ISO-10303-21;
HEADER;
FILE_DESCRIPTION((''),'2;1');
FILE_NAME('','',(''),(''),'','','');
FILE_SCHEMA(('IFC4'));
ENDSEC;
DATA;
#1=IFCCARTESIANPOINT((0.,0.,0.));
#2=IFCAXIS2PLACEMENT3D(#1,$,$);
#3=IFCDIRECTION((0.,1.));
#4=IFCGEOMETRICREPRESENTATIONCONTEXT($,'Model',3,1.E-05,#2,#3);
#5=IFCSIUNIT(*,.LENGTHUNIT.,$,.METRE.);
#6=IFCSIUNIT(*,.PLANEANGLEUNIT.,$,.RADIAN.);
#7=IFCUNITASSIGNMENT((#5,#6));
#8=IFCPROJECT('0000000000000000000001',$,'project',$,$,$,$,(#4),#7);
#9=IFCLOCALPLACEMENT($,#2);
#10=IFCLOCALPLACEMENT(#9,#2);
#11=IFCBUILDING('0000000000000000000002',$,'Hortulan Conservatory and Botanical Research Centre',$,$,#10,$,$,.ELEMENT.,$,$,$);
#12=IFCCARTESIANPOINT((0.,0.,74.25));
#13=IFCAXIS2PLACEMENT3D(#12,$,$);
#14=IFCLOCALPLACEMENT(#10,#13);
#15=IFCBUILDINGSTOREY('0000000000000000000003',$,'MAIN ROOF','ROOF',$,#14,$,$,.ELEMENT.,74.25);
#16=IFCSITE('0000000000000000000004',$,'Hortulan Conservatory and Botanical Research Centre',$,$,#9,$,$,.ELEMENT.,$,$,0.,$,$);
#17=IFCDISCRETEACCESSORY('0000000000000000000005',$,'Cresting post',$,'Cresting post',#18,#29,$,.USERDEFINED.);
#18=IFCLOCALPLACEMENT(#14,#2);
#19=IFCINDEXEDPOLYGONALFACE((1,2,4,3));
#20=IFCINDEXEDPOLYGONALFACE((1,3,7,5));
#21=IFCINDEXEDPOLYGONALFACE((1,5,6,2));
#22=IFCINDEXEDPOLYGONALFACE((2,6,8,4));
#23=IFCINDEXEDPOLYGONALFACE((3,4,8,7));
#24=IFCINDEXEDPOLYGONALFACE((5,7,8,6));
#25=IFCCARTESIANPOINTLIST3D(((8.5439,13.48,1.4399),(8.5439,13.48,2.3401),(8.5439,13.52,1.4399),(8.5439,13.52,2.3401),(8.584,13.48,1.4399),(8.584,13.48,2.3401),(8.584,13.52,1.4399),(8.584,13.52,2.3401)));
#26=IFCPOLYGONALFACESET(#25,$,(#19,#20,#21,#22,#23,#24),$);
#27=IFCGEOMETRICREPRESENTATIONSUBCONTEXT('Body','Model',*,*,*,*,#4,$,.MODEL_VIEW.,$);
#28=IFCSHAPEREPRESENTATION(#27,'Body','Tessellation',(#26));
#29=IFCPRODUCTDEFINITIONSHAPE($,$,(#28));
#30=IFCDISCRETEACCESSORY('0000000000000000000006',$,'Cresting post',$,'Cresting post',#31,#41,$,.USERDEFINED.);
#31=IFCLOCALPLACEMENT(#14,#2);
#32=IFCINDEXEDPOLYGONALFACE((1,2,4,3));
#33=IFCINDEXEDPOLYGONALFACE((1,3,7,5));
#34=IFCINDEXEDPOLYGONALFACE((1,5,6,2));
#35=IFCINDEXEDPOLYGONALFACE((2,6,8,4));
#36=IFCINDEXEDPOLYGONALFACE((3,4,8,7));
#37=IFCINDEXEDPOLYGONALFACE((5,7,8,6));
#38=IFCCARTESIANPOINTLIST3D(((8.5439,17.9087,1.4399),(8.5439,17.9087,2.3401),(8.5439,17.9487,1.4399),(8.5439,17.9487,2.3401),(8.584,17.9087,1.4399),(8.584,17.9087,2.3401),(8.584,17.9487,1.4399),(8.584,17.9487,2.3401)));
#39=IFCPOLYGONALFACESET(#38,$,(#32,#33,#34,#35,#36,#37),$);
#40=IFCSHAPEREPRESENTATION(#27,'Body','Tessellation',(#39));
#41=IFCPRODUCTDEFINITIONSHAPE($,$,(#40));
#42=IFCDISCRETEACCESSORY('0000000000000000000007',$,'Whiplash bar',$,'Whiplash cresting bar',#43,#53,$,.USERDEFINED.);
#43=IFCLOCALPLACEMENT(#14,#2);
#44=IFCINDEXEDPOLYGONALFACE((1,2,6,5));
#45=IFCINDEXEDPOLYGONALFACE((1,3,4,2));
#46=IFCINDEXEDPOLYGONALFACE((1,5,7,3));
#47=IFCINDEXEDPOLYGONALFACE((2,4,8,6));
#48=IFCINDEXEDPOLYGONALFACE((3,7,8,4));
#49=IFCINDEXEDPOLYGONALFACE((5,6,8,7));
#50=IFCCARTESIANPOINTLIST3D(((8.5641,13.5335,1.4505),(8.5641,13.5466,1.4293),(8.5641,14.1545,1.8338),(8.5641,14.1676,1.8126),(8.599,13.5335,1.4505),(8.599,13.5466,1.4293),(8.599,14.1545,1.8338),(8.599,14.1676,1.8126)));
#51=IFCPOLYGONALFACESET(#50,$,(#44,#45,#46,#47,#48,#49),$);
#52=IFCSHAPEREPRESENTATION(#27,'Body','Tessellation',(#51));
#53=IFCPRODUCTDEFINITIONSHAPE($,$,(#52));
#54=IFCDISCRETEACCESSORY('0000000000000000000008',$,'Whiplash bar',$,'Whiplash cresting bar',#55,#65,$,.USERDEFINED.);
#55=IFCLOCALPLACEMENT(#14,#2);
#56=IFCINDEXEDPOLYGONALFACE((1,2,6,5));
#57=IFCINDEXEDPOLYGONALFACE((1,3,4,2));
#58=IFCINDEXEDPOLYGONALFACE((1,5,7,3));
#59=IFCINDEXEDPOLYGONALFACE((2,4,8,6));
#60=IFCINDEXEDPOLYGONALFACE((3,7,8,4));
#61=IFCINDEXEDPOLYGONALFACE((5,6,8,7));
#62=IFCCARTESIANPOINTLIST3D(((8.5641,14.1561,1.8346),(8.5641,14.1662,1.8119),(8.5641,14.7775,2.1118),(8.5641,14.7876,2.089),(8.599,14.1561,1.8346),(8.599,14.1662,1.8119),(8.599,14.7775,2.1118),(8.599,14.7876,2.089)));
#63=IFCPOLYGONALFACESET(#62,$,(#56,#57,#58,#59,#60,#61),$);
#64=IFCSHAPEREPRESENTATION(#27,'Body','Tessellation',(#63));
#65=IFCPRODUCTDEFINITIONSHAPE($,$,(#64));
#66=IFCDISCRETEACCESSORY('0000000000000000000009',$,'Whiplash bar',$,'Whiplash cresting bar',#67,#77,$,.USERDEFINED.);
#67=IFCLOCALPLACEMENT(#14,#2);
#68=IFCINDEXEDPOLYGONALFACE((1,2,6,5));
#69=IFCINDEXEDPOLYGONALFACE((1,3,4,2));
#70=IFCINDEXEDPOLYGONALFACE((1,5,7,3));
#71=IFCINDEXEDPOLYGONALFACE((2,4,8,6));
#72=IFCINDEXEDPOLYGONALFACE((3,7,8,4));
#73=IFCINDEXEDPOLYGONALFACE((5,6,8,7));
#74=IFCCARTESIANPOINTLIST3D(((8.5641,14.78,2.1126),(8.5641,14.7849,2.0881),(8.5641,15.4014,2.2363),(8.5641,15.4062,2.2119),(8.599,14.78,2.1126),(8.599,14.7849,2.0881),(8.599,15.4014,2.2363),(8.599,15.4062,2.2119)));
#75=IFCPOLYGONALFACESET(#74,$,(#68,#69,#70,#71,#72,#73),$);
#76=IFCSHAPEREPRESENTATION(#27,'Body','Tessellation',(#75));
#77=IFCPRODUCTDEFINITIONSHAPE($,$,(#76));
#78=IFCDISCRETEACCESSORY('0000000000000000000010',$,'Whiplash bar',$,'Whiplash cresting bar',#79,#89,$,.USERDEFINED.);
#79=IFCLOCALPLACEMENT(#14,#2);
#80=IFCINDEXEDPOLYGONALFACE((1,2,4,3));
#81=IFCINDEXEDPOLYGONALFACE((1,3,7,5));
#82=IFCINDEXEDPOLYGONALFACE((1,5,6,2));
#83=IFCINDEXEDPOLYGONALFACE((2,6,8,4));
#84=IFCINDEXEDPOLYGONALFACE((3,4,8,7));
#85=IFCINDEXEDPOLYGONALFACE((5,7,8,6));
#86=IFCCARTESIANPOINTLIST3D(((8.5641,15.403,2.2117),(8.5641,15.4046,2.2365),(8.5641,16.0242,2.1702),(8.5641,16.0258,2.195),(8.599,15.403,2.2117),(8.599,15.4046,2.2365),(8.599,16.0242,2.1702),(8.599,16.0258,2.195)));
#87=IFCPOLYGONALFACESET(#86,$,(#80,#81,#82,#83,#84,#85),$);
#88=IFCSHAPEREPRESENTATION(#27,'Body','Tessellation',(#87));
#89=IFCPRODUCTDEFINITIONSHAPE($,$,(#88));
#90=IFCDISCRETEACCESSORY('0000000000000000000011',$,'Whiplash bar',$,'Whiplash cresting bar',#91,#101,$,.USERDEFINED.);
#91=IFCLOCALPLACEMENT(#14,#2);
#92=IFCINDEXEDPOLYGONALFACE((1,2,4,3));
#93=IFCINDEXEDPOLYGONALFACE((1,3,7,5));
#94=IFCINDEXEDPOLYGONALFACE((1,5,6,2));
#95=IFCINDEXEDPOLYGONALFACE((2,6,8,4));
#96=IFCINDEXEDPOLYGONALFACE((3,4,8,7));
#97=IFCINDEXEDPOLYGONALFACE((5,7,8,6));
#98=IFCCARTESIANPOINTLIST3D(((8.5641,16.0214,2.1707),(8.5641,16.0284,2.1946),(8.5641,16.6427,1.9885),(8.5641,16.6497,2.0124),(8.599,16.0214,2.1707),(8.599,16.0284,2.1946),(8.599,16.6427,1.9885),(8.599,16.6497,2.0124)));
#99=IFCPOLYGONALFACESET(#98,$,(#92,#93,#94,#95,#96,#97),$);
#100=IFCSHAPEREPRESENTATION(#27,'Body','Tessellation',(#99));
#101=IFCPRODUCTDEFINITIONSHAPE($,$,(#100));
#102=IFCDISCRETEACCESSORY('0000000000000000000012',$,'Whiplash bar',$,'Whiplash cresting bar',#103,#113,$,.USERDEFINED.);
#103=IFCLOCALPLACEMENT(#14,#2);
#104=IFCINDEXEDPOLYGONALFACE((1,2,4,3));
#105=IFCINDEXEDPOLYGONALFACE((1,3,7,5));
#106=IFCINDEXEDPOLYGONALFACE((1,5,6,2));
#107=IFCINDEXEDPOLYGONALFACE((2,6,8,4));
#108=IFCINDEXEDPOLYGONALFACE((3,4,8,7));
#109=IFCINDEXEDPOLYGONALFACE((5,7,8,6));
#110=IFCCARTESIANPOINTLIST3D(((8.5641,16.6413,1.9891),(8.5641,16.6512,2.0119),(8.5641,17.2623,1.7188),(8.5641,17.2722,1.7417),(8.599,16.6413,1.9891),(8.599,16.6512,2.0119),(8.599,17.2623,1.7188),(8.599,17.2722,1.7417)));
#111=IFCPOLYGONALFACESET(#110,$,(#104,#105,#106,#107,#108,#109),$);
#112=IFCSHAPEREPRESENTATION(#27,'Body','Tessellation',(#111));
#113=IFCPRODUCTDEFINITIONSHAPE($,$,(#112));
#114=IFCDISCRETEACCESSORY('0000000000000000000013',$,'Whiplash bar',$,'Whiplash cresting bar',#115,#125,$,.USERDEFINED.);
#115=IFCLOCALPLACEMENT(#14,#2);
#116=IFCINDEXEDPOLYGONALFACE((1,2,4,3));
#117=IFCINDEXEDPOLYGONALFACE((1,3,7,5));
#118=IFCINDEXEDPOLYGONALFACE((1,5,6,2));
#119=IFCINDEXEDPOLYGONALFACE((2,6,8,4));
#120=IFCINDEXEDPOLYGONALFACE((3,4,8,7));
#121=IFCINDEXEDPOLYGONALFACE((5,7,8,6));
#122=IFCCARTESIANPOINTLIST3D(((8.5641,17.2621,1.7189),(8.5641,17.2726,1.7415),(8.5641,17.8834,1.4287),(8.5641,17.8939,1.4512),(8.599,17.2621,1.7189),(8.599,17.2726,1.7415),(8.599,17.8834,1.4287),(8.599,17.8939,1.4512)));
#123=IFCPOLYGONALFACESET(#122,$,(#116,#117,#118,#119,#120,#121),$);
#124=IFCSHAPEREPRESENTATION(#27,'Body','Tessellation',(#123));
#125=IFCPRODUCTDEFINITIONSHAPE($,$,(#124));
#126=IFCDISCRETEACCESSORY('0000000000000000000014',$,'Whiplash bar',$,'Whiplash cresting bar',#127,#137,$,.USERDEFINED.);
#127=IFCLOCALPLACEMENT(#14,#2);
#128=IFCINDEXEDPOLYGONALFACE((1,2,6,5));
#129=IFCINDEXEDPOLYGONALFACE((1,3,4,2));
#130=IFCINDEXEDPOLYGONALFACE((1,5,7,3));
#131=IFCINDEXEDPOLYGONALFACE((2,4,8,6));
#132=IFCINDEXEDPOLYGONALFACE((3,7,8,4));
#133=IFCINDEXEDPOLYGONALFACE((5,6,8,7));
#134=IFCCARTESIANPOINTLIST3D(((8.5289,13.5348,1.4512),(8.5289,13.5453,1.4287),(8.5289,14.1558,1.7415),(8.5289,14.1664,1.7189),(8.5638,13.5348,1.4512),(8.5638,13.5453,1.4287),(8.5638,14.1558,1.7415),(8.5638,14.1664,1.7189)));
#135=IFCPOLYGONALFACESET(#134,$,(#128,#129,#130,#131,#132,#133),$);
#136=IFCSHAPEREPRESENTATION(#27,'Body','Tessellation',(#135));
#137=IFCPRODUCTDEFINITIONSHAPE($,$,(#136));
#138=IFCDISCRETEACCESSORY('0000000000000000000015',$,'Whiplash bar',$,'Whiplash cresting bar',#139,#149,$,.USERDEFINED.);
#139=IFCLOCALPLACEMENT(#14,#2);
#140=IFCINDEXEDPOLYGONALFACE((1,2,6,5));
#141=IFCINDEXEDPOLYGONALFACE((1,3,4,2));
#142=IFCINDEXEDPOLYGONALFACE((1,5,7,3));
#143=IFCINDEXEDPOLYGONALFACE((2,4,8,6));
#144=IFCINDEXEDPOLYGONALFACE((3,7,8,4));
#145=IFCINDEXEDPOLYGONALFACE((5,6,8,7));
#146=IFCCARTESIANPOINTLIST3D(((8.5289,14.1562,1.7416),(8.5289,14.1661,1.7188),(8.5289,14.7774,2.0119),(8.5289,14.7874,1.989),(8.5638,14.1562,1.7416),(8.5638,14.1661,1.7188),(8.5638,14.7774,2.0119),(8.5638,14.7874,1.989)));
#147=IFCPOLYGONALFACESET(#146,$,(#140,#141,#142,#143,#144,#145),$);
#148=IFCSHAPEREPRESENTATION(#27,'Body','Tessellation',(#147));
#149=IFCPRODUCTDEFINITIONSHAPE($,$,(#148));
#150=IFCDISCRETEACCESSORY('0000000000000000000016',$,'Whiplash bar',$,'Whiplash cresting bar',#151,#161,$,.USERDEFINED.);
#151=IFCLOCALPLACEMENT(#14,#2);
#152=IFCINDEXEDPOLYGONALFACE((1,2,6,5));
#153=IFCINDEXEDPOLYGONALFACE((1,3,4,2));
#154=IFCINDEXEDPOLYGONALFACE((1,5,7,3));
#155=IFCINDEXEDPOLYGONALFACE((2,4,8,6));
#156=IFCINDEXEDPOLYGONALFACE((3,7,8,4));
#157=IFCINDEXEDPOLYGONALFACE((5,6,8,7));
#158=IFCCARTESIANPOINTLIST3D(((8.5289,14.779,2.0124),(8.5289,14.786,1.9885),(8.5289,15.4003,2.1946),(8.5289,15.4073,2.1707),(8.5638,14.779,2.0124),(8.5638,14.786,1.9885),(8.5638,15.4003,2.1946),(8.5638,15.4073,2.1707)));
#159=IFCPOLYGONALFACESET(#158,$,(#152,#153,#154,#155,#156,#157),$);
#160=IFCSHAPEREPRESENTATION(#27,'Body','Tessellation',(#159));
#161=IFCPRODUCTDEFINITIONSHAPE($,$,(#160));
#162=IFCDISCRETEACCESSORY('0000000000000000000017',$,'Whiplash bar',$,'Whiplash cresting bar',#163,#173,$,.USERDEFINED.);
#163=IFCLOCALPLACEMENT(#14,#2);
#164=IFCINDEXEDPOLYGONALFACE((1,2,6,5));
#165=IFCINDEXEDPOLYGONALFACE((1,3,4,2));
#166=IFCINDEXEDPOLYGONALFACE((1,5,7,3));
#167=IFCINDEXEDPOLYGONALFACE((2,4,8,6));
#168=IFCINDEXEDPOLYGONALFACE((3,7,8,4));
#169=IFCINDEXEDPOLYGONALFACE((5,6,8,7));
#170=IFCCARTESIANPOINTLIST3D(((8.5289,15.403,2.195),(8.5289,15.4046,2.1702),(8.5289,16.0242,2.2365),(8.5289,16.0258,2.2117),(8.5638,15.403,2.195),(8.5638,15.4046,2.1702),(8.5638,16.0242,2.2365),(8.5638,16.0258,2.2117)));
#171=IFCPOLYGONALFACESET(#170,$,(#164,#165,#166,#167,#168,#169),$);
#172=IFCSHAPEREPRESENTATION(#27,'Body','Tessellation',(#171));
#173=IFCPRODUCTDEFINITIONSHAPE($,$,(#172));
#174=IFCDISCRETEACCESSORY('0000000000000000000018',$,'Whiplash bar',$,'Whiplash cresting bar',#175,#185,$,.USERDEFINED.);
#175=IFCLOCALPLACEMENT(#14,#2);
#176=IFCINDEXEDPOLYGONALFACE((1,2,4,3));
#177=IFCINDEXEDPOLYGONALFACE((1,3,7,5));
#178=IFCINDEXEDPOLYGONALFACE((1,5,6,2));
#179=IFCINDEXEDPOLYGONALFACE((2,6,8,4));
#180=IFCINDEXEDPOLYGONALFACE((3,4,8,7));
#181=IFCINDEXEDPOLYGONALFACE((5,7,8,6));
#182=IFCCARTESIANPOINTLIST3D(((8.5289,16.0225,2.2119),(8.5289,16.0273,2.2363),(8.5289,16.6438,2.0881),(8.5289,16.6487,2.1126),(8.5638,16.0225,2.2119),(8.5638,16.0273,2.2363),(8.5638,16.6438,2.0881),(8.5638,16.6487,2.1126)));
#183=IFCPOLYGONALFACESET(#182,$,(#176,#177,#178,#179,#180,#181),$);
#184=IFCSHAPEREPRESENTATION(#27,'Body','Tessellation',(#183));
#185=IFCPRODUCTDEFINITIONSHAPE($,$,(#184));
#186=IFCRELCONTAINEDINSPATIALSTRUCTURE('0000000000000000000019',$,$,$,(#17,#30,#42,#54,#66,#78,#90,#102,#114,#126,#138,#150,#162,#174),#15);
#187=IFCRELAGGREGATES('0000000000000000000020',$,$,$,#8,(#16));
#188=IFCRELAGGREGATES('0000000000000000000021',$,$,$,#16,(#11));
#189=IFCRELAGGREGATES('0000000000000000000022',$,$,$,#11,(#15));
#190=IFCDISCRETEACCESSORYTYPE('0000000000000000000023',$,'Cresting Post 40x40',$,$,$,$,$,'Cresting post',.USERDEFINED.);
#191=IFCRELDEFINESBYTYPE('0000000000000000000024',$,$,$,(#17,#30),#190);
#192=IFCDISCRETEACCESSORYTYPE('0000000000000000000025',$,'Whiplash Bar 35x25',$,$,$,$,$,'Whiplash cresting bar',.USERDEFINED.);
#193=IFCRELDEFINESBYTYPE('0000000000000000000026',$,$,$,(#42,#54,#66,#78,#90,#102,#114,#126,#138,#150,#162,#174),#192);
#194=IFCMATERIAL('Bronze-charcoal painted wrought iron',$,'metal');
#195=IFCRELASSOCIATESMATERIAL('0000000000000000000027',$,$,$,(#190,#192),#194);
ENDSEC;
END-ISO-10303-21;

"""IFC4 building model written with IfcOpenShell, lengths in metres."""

from ifc_helpers import new_model, si_unit, direction, frame, origin, origin_2d, place, context, subcontext, project, spatial, rectangle, extrude, material, material_profile, profile_set, type_object, element, save


model = new_model("IFC4")

# Units and contexts
model_context = context("Model", 3, precision=1e-05, world=origin(), true_north=direction((0.0, 1.0)))
body_context = subcontext(model_context, "Body", "Model", "MODEL_VIEW")
ifc_project = project(units=[si_unit("LENGTHUNIT", "METRE"), si_unit("PLANEANGLEUNIT", "RADIAN")], contexts=[model_context])

# Site, building, storey
site_placement = place(None, origin())
site = spatial("IfcSite", under=ifc_project, at=site_placement, Name="Hortulan Conservatory and Botanical Research Centre", CompositionType="ELEMENT", RefElevation=0.0)
building_placement = place(site_placement, origin())
building = spatial("IfcBuilding", under=site, at=building_placement, Name="Hortulan Conservatory and Botanical Research Centre", CompositionType="ELEMENT")
storey_placement = place(building_placement, frame((0.0, 0.0, 74.25)))
storey = spatial("IfcBuildingStorey", under=building, at=storey_placement, Name="MAIN ROOF", Description="ROOF", CompositionType="ELEMENT", Elevation=74.25)

# Discrete accessories
ifc_material = material(Name="Bronze-charcoal painted wrought iron", Category="metal")
ifc_material_profile_1 = material_profile(ifc_material, rectangle(XDim=0.04, YDim=0.04, at=origin_2d()), Name="Square bar 40x40")
ifc_profile_set_1 = profile_set([ifc_material_profile_1], Name="Bronze-charcoal painted wrought iron")
discrete_accessory_type_1 = type_object("IfcDiscreteAccessoryType", Name="Cresting Post 40x40", ElementType="Cresting post", PredefinedType="USERDEFINED", material=ifc_profile_set_1)
for number, where, z_axis, x_axis, name in (
    (1, (8.564, 13.5, 1.4399), (0.0, 0.0, 1.0), (1.0, 0.0, 0.0), "Cresting post"),
    (2, (8.564, 17.9287, 1.4399), (0.0, 0.0, 1.0), (1.0, 0.0, 0.0), "Cresting post"),
):
    element("IfcDiscreteAccessory", number, at=place(storey_placement, frame(where, z_axis=z_axis, x_axis=x_axis)), inside=storey, type_object=discrete_accessory_type_1, Name=name, ObjectType="Cresting post", PredefinedType="USERDEFINED", context=body_context, shape_type="SweptSolid", body=[
        extrude(rectangle(XDim=0.04, YDim=0.04, at=origin_2d()), origin(), (0.0, 0.0, 1.0), 0.9001),
    ])
ifc_material_profile_2 = material_profile(ifc_material, rectangle(XDim=0.0349, YDim=0.0249, at=origin_2d()), Name="Flat bar 35x25")
ifc_profile_set_2 = profile_set([ifc_material_profile_2], Name="Bronze-charcoal painted wrought iron")
discrete_accessory_type_2 = type_object("IfcDiscreteAccessoryType", Name="Whiplash Bar 35x25", ElementType="Whiplash cresting bar", PredefinedType="USERDEFINED", material=ifc_profile_set_2)
discrete_accessory_1_placement = place(storey_placement, frame((8.5815, 13.54, 1.4399), z_axis=(0.0, 0.850991, 0.525179), x_axis=(-1.0, 0.0, 0.0)))
element("IfcDiscreteAccessory", 3, at=discrete_accessory_1_placement, inside=storey, type_object=discrete_accessory_type_2, Name="Whiplash bar", ObjectType="Whiplash cresting bar", PredefinedType="USERDEFINED", context=body_context, shape_type="SweptSolid", body=[
    extrude(rectangle(XDim=0.0349, YDim=0.0249, at=origin_2d()), origin(), (0.0, 0.0, 1.0), 0.7297),
])
discrete_accessory_2_placement = place(storey_placement, frame((8.5815, 14.1611, 1.8232), z_axis=(0.0, 0.913293, 0.407303), x_axis=(-1.0, 0.0, 0.0)))
element("IfcDiscreteAccessory", 4, at=discrete_accessory_2_placement, inside=storey, type_object=discrete_accessory_type_2, Name="Whiplash bar", ObjectType="Whiplash cresting bar", PredefinedType="USERDEFINED", context=body_context, shape_type="SweptSolid", body=[
    extrude(rectangle(XDim=0.0349, YDim=0.0249, at=origin_2d()), origin(), (0.0, 0.0, 1.0), 0.6804),
])
discrete_accessory_3_placement = place(storey_placement, frame((8.5815, 14.7825, 2.1003), z_axis=(0.0, 0.980729, 0.195375), x_axis=(-1.0, 0.0, 0.0)))
element("IfcDiscreteAccessory", 5, at=discrete_accessory_3_placement, inside=storey, type_object=discrete_accessory_type_2, Name="Whiplash bar", ObjectType="Whiplash cresting bar", PredefinedType="USERDEFINED", context=body_context, shape_type="SweptSolid", body=[
    extrude(rectangle(XDim=0.0349, YDim=0.0249, at=origin_2d()), origin(), (0.0, 0.0, 1.0), 0.6335),
])
discrete_accessory_4_placement = place(storey_placement, frame((8.5815, 15.4038, 2.2241), z_axis=(0.0, 0.997775, -0.066675), x_axis=(-1.0, 0.0, 0.0)))
element("IfcDiscreteAccessory", 6, at=discrete_accessory_4_placement, inside=storey, type_object=discrete_accessory_type_2, Name="Whiplash bar", ObjectType="Whiplash cresting bar", PredefinedType="USERDEFINED", context=body_context, shape_type="SweptSolid", body=[
    extrude(rectangle(XDim=0.0349, YDim=0.0249, at=origin_2d()), origin(), (0.0, 0.0, 1.0), 0.6226),
])
discrete_accessory_5_placement = place(storey_placement, frame((8.5815, 16.0249, 2.1826), z_axis=(0.0, 0.959623, -0.281288), x_axis=(-1.0, 0.0, 0.0)))
element("IfcDiscreteAccessory", 7, at=discrete_accessory_5_placement, inside=storey, type_object=discrete_accessory_type_2, Name="Whiplash bar", ObjectType="Whiplash cresting bar", PredefinedType="USERDEFINED", context=body_context, shape_type="SweptSolid", body=[
    extrude(rectangle(XDim=0.0349, YDim=0.0249, at=origin_2d()), origin(), (0.0, 0.0, 1.0), 0.6475),
])
discrete_accessory_6_placement = place(storey_placement, frame((8.5815, 16.6462, 2.0005), z_axis=(0.0, 0.91695, -0.399003), x_axis=(-1.0, 0.0, 0.0)))
element("IfcDiscreteAccessory", 8, at=discrete_accessory_6_placement, inside=storey, type_object=discrete_accessory_type_2, Name="Whiplash bar", ObjectType="Whiplash cresting bar", PredefinedType="USERDEFINED", context=body_context, shape_type="SweptSolid", body=[
    extrude(rectangle(XDim=0.0349, YDim=0.0249, at=origin_2d()), origin(), (0.0, 0.0, 1.0), 0.6772),
])
discrete_accessory_7_placement = place(storey_placement, frame((8.5815, 17.2673, 1.7302), z_axis=(0.0, 0.906001, -0.423275), x_axis=(-1.0, 0.0, 0.0)))
element("IfcDiscreteAccessory", 9, at=discrete_accessory_7_placement, inside=storey, type_object=discrete_accessory_type_2, Name="Whiplash bar", ObjectType="Whiplash cresting bar", PredefinedType="USERDEFINED", context=body_context, shape_type="SweptSolid", body=[
    extrude(rectangle(XDim=0.0349, YDim=0.0249, at=origin_2d()), origin(), (0.0, 0.0, 1.0), 0.6858),
])
discrete_accessory_8_placement = place(storey_placement, frame((8.5464, 13.54, 1.4399), z_axis=(0.0, 0.905937, 0.423412), x_axis=(-1.0, 0.0, 0.0)))
element("IfcDiscreteAccessory", 10, at=discrete_accessory_8_placement, inside=storey, type_object=discrete_accessory_type_2, Name="Whiplash bar", ObjectType="Whiplash cresting bar", PredefinedType="USERDEFINED", context=body_context, shape_type="SweptSolid", body=[
    extrude(rectangle(XDim=0.0349, YDim=0.0249, at=origin_2d()), origin(), (0.0, 0.0, 1.0), 0.6855),
])
discrete_accessory_9_placement = place(storey_placement, frame((8.5464, 14.1611, 1.7302), z_axis=(0.0, 0.917007, 0.398871), x_axis=(-1.0, 0.0, 0.0)))
element("IfcDiscreteAccessory", 11, at=discrete_accessory_9_placement, inside=storey, type_object=discrete_accessory_type_2, Name="Whiplash bar", ObjectType="Whiplash cresting bar", PredefinedType="USERDEFINED", context=body_context, shape_type="SweptSolid", body=[
    extrude(rectangle(XDim=0.0349, YDim=0.0249, at=origin_2d()), origin(), (0.0, 0.0, 1.0), 0.6775),
])
discrete_accessory_10_placement = place(storey_placement, frame((8.5464, 14.7825, 2.0005), z_axis=(0.0, 0.959623, 0.281288), x_axis=(-1.0, 0.0, 0.0)))
element("IfcDiscreteAccessory", 12, at=discrete_accessory_10_placement, inside=storey, type_object=discrete_accessory_type_2, Name="Whiplash bar", ObjectType="Whiplash cresting bar", PredefinedType="USERDEFINED", context=body_context, shape_type="SweptSolid", body=[
    extrude(rectangle(XDim=0.0349, YDim=0.0249, at=origin_2d()), origin(), (0.0, 0.0, 1.0), 0.6475),
])
discrete_accessory_11_placement = place(storey_placement, frame((8.5464, 15.4038, 2.1826), z_axis=(0.0, 0.997775, 0.066675), x_axis=(-1.0, 0.0, 0.0)))
element("IfcDiscreteAccessory", 13, at=discrete_accessory_11_placement, inside=storey, type_object=discrete_accessory_type_2, Name="Whiplash bar", ObjectType="Whiplash cresting bar", PredefinedType="USERDEFINED", context=body_context, shape_type="SweptSolid", body=[
    extrude(rectangle(XDim=0.0349, YDim=0.0249, at=origin_2d()), origin(), (0.0, 0.0, 1.0), 0.6226),
])
discrete_accessory_12_placement = place(storey_placement, frame((8.5464, 16.0249, 2.2241), z_axis=(0.0, 0.980729, -0.195375), x_axis=(-1.0, 0.0, 0.0)))
element("IfcDiscreteAccessory", 14, at=discrete_accessory_12_placement, inside=storey, type_object=discrete_accessory_type_2, Name="Whiplash bar", ObjectType="Whiplash cresting bar", PredefinedType="USERDEFINED", context=body_context, shape_type="SweptSolid", body=[
    extrude(rectangle(XDim=0.0349, YDim=0.0249, at=origin_2d()), origin(), (0.0, 0.0, 1.0), 0.6335),
])

save(model, "model.ifc")
